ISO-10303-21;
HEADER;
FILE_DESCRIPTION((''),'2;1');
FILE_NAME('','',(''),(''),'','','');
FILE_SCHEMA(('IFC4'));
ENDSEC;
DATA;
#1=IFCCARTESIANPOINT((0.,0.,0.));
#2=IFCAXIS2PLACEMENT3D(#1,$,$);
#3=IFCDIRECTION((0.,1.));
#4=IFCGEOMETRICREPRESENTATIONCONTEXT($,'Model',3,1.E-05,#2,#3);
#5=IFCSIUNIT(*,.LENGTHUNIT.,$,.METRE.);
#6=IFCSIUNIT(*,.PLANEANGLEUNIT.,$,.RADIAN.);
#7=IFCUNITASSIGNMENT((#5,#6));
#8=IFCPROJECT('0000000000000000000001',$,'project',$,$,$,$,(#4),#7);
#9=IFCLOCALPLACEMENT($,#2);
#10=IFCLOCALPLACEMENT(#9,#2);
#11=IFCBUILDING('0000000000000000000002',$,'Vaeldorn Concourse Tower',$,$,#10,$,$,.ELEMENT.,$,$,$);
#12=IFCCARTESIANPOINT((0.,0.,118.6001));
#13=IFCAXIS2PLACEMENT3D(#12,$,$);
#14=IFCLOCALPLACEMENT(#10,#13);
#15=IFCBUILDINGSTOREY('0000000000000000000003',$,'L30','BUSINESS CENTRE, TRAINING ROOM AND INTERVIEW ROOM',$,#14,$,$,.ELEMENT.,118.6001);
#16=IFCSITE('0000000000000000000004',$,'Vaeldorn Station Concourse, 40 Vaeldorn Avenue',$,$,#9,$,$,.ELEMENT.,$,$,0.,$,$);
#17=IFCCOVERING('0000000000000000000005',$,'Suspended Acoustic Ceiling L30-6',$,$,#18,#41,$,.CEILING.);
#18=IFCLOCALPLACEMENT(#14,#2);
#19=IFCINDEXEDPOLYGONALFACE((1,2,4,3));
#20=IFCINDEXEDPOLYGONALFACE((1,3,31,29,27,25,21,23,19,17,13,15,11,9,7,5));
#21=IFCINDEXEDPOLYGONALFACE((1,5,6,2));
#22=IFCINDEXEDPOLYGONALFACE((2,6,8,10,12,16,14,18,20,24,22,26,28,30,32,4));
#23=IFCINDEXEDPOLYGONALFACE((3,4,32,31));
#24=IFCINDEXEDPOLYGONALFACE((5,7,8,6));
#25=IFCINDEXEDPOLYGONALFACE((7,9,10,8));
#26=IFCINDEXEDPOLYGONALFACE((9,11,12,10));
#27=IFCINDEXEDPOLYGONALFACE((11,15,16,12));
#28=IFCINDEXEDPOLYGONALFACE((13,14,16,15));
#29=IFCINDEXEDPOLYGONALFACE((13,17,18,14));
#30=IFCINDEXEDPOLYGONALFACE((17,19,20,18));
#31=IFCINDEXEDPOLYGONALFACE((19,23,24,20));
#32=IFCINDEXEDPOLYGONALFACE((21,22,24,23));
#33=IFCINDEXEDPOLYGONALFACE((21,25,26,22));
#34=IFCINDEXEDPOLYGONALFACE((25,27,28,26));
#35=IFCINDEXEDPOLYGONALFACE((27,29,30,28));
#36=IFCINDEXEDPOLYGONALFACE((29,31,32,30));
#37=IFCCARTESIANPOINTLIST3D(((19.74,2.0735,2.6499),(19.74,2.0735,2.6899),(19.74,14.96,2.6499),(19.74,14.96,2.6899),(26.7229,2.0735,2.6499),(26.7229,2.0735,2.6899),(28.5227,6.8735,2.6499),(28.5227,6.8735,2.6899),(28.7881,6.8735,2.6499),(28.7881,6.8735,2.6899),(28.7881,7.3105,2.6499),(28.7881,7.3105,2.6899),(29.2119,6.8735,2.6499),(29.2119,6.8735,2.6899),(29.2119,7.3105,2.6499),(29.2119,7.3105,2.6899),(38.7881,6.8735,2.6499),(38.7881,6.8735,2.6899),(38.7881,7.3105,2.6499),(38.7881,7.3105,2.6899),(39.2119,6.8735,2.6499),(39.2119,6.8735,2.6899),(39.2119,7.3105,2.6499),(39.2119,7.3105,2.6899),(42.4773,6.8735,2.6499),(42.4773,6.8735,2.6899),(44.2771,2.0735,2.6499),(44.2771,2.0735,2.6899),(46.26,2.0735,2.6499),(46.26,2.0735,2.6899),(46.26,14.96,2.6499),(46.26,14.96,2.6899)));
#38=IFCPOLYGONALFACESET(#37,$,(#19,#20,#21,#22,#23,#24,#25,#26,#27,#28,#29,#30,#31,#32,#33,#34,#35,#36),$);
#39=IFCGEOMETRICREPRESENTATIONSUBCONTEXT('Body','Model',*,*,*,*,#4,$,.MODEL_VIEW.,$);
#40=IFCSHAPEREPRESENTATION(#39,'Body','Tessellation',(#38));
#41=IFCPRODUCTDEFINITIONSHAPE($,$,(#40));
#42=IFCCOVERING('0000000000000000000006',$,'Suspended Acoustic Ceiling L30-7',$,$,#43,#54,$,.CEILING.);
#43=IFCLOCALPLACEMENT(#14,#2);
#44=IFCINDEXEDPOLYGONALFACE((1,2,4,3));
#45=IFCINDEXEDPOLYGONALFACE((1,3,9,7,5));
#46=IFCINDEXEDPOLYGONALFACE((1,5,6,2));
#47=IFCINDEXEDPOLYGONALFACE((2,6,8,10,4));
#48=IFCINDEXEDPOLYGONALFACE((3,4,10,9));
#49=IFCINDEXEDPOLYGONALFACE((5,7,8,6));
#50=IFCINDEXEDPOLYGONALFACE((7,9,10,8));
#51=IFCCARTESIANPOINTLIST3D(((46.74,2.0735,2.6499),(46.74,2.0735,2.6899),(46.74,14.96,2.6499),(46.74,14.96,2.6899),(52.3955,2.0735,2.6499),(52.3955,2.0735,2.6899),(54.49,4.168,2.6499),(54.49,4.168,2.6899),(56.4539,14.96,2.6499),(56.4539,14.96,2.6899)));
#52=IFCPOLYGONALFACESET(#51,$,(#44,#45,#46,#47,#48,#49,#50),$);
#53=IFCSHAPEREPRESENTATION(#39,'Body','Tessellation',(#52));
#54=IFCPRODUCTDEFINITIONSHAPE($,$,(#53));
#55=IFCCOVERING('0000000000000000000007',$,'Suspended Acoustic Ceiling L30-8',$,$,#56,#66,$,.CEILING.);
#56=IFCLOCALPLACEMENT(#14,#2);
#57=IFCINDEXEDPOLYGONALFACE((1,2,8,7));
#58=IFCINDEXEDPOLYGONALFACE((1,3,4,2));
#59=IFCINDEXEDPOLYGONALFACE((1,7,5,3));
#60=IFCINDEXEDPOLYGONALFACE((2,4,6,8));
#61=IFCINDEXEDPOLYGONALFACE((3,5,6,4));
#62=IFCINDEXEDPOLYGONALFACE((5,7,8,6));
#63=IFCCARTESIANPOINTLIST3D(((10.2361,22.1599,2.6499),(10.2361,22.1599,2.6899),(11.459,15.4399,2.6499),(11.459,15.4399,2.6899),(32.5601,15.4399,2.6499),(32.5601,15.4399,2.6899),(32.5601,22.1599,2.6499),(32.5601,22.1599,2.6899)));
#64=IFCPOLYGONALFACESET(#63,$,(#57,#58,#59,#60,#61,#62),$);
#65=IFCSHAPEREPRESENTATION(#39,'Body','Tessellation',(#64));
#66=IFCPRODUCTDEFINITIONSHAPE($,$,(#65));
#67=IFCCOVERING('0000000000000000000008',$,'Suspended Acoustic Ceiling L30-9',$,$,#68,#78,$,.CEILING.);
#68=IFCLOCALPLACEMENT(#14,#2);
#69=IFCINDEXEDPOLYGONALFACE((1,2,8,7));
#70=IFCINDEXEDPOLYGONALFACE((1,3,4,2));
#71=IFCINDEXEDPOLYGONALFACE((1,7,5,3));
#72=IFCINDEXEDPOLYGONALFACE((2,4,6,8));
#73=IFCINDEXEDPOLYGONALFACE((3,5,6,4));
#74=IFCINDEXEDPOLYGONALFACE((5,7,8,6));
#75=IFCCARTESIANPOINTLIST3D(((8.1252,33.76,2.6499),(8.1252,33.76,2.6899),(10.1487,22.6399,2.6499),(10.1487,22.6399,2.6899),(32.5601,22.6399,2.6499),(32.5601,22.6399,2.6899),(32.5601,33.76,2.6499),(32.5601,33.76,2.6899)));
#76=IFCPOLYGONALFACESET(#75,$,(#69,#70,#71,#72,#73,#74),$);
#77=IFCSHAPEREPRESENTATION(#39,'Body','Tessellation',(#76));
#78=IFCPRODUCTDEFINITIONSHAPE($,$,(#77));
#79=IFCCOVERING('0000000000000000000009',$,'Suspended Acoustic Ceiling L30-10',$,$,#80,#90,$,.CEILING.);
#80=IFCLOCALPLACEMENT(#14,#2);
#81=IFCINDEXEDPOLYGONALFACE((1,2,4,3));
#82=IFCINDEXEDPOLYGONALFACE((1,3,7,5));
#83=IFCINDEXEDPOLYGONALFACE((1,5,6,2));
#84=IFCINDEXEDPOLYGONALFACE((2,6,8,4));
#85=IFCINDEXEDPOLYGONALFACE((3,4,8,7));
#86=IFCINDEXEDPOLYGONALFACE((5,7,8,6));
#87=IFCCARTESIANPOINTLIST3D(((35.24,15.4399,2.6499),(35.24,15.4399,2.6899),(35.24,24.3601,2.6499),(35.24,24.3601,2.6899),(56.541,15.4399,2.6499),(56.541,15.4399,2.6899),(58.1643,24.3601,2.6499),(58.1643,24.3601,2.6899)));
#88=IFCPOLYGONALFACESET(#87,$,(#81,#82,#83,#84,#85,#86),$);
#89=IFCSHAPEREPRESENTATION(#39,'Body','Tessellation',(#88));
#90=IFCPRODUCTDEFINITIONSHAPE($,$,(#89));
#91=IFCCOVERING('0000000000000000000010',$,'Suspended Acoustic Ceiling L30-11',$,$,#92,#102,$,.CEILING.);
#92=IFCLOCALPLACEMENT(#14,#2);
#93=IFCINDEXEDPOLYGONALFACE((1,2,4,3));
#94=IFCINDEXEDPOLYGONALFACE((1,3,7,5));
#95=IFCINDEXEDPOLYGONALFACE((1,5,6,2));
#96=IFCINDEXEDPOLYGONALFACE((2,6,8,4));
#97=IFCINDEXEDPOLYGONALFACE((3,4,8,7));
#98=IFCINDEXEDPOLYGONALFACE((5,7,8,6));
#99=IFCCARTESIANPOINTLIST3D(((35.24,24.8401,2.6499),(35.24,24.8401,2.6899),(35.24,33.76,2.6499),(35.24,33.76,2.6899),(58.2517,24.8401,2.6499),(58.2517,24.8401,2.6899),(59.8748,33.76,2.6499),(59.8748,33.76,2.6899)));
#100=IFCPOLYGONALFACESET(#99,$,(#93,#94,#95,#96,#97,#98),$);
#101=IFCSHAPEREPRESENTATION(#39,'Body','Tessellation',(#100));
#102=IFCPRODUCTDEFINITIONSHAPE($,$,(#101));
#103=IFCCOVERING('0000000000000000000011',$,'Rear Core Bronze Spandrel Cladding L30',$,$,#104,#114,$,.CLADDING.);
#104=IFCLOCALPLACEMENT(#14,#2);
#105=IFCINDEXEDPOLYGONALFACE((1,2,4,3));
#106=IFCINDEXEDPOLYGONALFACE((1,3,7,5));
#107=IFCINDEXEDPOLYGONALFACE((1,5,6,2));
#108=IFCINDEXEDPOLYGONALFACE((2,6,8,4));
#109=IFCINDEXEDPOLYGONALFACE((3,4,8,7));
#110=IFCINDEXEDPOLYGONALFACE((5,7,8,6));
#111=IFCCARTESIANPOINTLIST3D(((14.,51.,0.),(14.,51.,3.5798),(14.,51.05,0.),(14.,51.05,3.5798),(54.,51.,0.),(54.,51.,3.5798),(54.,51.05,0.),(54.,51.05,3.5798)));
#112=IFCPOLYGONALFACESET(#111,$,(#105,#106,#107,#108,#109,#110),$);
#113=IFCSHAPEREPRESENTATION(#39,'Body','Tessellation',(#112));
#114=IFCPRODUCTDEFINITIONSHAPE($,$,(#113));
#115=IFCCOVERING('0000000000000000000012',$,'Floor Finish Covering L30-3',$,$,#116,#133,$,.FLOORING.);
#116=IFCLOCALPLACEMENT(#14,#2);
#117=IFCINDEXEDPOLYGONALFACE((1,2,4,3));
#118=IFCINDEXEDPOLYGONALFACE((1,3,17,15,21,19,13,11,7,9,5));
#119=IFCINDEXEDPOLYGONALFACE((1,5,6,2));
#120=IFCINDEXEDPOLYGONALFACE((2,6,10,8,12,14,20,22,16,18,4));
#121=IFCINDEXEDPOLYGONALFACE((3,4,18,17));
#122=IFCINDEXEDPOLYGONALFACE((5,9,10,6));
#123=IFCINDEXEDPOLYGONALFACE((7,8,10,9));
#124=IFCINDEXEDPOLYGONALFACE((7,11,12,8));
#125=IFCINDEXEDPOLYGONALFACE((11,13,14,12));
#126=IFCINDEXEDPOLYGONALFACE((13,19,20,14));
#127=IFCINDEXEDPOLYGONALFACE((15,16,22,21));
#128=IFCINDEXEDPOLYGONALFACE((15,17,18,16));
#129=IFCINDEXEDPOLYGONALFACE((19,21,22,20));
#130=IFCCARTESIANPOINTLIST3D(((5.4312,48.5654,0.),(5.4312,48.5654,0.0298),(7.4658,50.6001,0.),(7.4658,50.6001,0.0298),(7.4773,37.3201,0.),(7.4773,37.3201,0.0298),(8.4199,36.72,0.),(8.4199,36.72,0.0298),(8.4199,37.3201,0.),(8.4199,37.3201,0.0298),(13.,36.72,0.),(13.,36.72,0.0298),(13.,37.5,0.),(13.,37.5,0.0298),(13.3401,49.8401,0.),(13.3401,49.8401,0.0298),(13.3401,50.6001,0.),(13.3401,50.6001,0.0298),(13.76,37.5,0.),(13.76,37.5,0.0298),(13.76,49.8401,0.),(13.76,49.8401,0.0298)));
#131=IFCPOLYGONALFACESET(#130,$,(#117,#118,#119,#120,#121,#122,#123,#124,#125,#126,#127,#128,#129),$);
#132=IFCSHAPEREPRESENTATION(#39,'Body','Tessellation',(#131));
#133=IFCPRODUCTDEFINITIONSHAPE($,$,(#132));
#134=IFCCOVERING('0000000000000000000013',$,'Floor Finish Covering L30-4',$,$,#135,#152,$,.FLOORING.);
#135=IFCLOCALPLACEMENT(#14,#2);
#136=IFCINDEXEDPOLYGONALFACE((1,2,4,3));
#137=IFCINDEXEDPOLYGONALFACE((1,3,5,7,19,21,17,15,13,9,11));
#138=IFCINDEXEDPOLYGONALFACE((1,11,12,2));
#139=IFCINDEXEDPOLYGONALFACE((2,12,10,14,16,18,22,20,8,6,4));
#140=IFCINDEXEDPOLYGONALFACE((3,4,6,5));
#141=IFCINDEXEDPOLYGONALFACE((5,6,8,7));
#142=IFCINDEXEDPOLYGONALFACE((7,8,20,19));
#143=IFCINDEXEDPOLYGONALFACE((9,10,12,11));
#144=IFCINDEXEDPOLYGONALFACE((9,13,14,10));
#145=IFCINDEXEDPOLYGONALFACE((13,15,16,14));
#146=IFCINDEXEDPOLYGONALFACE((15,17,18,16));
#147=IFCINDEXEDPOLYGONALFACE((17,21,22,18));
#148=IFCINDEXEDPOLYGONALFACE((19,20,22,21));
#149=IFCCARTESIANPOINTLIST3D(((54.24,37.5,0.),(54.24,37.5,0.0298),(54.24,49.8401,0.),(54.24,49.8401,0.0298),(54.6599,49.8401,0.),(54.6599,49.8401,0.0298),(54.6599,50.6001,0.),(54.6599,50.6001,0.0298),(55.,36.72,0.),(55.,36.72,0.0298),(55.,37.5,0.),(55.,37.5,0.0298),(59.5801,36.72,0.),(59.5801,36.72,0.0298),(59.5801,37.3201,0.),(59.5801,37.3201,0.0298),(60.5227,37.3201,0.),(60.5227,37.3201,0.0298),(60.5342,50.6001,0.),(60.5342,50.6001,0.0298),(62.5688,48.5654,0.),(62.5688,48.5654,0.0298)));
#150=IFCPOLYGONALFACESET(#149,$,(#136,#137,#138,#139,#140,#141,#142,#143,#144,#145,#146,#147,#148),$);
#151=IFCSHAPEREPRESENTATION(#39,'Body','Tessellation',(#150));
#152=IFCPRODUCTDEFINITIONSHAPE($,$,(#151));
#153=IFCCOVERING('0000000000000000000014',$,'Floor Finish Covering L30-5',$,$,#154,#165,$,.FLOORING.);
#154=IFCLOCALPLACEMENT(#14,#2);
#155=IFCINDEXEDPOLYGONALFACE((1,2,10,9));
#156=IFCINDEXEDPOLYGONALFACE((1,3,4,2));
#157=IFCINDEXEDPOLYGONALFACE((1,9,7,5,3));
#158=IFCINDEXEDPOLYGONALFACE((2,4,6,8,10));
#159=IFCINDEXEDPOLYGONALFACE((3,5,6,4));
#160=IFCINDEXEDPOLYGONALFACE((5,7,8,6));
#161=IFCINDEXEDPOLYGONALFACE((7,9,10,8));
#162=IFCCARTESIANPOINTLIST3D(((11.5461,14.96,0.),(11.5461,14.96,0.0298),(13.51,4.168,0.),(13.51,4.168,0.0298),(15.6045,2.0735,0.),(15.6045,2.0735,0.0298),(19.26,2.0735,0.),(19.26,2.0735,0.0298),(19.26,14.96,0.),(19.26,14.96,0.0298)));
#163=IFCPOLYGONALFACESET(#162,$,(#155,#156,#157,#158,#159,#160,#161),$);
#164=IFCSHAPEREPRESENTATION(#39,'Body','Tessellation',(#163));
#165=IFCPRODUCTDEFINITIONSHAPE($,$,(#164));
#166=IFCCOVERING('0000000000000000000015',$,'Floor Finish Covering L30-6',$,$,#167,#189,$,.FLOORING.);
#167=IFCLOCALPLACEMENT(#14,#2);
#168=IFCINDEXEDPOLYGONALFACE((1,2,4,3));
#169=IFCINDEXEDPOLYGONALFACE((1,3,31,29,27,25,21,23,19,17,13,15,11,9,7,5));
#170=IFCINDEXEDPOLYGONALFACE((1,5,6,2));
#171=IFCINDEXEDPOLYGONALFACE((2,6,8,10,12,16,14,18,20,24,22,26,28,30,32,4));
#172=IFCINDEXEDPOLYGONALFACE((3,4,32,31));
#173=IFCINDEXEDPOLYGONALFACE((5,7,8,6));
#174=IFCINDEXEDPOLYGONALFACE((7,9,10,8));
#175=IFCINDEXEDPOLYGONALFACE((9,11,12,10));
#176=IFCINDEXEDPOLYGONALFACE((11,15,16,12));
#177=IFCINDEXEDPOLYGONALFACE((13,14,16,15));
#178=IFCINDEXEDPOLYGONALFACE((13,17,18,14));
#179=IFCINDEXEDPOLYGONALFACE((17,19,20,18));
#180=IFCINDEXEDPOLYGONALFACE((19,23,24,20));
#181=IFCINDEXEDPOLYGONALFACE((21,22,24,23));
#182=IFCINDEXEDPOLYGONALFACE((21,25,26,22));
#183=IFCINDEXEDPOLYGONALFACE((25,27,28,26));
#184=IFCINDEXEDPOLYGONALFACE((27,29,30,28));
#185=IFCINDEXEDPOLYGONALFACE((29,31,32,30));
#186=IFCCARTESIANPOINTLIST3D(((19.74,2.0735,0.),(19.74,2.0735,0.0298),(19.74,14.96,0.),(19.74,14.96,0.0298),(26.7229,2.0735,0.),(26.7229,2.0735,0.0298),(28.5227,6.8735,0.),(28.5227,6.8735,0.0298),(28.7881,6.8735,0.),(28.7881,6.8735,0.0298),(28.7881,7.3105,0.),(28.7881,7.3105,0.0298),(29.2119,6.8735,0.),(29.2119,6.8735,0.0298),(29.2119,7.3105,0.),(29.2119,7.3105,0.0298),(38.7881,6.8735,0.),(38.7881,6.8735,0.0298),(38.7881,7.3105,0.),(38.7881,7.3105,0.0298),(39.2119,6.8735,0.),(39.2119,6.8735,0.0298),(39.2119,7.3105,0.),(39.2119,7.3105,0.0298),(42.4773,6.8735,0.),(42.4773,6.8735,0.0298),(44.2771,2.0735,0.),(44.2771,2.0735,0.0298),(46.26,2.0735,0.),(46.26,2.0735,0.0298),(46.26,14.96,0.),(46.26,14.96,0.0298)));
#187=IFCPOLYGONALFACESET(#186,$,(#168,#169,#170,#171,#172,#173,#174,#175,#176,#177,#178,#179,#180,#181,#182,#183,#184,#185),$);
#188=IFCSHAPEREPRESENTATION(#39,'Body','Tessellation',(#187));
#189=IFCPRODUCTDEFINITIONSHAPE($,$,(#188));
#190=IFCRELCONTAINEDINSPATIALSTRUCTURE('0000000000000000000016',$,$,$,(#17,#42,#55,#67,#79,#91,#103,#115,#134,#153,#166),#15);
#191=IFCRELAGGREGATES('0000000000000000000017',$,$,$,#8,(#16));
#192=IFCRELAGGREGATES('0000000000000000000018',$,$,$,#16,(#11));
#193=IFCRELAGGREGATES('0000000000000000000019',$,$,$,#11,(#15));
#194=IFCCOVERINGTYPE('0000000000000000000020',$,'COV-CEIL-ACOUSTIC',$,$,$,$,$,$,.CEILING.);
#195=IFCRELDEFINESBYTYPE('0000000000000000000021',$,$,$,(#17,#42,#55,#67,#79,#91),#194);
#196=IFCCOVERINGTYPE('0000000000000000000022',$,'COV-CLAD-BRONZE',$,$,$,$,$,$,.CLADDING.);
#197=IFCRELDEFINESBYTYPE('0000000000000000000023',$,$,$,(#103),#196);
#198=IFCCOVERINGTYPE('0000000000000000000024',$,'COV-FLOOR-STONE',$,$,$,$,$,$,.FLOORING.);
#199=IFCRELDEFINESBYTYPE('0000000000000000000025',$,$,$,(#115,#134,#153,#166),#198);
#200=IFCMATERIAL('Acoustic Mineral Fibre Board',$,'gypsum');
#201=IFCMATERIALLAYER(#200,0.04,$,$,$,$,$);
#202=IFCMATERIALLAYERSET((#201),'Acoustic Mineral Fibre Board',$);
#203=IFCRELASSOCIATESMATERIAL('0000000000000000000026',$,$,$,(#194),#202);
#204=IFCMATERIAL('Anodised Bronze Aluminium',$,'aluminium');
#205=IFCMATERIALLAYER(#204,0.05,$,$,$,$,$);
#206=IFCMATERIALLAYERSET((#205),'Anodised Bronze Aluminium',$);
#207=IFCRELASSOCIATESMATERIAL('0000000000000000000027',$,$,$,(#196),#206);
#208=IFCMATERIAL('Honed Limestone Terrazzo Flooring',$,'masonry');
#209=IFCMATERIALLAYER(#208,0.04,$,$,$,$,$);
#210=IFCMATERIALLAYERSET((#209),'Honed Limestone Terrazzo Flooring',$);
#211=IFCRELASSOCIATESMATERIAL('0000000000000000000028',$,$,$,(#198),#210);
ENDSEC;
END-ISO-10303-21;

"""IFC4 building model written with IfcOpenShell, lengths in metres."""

from ifc_helpers import new_model, si_unit, direction, frame, origin, place, context, subcontext, project, spatial, polyline, outline, extrude, material, layer, layer_set, type_object, element, save


model = new_model("IFC4")

# Units and contexts
model_context = context("Model", 3, precision=1e-05, world=origin(), true_north=direction((0.0, 1.0)))
body_context = subcontext(model_context, "Body", "Model", "MODEL_VIEW")
ifc_project = project(units=[si_unit("LENGTHUNIT", "METRE"), si_unit("PLANEANGLEUNIT", "RADIAN")], contexts=[model_context])

# Site, building, storey
site_placement = place(None, origin())
site = spatial("IfcSite", under=ifc_project, at=site_placement, Name="Vaeldorn Station Concourse, 40 Vaeldorn Avenue", CompositionType="ELEMENT", RefElevation=0.0)
building_placement = place(site_placement, origin())
building = spatial("IfcBuilding", under=site, at=building_placement, Name="Vaeldorn Concourse Tower", CompositionType="ELEMENT")
storey_placement = place(building_placement, frame((0.0, 0.0, 118.6001)))
storey = spatial("IfcBuildingStorey", under=building, at=storey_placement, Name="L30", Description="BUSINESS CENTRE, TRAINING ROOM AND INTERVIEW ROOM", CompositionType="ELEMENT", Elevation=118.6001)

# Shared definitions
ifc_material_1 = material(Name="Anodised Bronze Aluminium", Category="aluminium")

# Coverings
ifc_material_2 = material(Name="Acoustic Mineral Fibre Board", Category="gypsum")
ifc_layer_1 = layer(ifc_material_2, 0.04)
ifc_layer_set_1 = layer_set([ifc_layer_1], Name="Acoustic Mineral Fibre Board")
covering_type_1 = type_object("IfcCoveringType", Name="COV-CEIL-ACOUSTIC", PredefinedType="CEILING", material=ifc_layer_set_1)
covering_1_placement = place(storey_placement, frame((0.0, 0.0, 2.6499)))
element("IfcCovering", 1, at=covering_1_placement, inside=storey, type_object=covering_type_1, Name="Suspended Acoustic Ceiling L30-6", PredefinedType="CEILING", context=body_context, shape_type="SweptSolid", body=[
    extrude(outline(polyline([(26.7229, 2.0735), (19.74, 2.0735), (19.74, 14.96), (46.26, 14.96), (46.26, 2.0735), (44.2771, 2.0735), (42.4773, 6.8735), (39.2119, 6.8735), (39.2119, 7.3105), (38.7881, 7.3105), (38.7881, 6.8735), (29.2119, 6.8735), (29.2119, 7.3105), (28.7881, 7.3105), (28.7881, 6.8735), (28.5227, 6.8735), (26.7229, 2.0735)])), origin(), (0.0, 0.0, 1.0), 0.04),
])
covering_2_placement = place(storey_placement, frame((0.0, 0.0, 2.6499)))
element("IfcCovering", 2, at=covering_2_placement, inside=storey, type_object=covering_type_1, Name="Suspended Acoustic Ceiling L30-7", PredefinedType="CEILING", context=body_context, shape_type="SweptSolid", body=[
    extrude(outline(polyline([(52.3955, 2.0735), (46.74, 2.0735), (46.74, 14.96), (56.4539, 14.96), (54.49, 4.168), (52.3955, 2.0735)])), origin(), (0.0, 0.0, 1.0), 0.04),
])
covering_3_placement = place(storey_placement, frame((0.0, 0.0, 2.6499)))
element("IfcCovering", 3, at=covering_3_placement, inside=storey, type_object=covering_type_1, Name="Suspended Acoustic Ceiling L30-8", PredefinedType="CEILING", context=body_context, shape_type="SweptSolid", body=[
    extrude(outline(polyline([(32.5601, 22.1599), (32.5601, 15.4399), (11.459, 15.4399), (10.2361, 22.1599), (32.5601, 22.1599)])), origin(), (0.0, 0.0, 1.0), 0.04),
])
covering_4_placement = place(storey_placement, frame((0.0, 0.0, 2.6499)))
element("IfcCovering", 4, at=covering_4_placement, inside=storey, type_object=covering_type_1, Name="Suspended Acoustic Ceiling L30-9", PredefinedType="CEILING", context=body_context, shape_type="SweptSolid", body=[
    extrude(outline(polyline([(32.5601, 33.76), (32.5601, 22.6399), (10.1487, 22.6399), (8.1252, 33.76), (32.5601, 33.76)])), origin(), (0.0, 0.0, 1.0), 0.04),
])
covering_5_placement = place(storey_placement, frame((0.0, 0.0, 2.6499)))
element("IfcCovering", 5, at=covering_5_placement, inside=storey, type_object=covering_type_1, Name="Suspended Acoustic Ceiling L30-10", PredefinedType="CEILING", context=body_context, shape_type="SweptSolid", body=[
    extrude(outline(polyline([(35.24, 15.4399), (35.24, 24.3601), (58.1643, 24.3601), (56.541, 15.4399), (35.24, 15.4399)])), origin(), (0.0, 0.0, 1.0), 0.04),
])
covering_6_placement = place(storey_placement, frame((0.0, 0.0, 2.6499)))
element("IfcCovering", 6, at=covering_6_placement, inside=storey, type_object=covering_type_1, Name="Suspended Acoustic Ceiling L30-11", PredefinedType="CEILING", context=body_context, shape_type="SweptSolid", body=[
    extrude(outline(polyline([(35.24, 24.8401), (35.24, 33.76), (59.8748, 33.76), (58.2517, 24.8401), (35.24, 24.8401)])), origin(), (0.0, 0.0, 1.0), 0.04),
])
ifc_layer_2 = layer(ifc_material_1, 0.05)
ifc_layer_set_2 = layer_set([ifc_layer_2], Name="Anodised Bronze Aluminium")
covering_type_2 = type_object("IfcCoveringType", Name="COV-CLAD-BRONZE", PredefinedType="CLADDING", material=ifc_layer_set_2)
covering_7_placement = place(storey_placement, origin())
element("IfcCovering", 7, at=covering_7_placement, inside=storey, type_object=covering_type_2, Name="Rear Core Bronze Spandrel Cladding L30", PredefinedType="CLADDING", context=body_context, shape_type="SweptSolid", body=[
    extrude(outline(polyline([(14.0, 51.0), (54.0, 51.0), (54.0, 51.05), (14.0, 51.05), (14.0, 51.0)])), origin(), (0.0, 0.0, 1.0), 3.5798),
])
ifc_material_3 = material(Name="Honed Limestone Terrazzo Flooring", Category="masonry")
ifc_layer_3 = layer(ifc_material_3, 0.04)
ifc_layer_set_3 = layer_set([ifc_layer_3], Name="Honed Limestone Terrazzo Flooring")
covering_type_3 = type_object("IfcCoveringType", Name="COV-FLOOR-STONE", PredefinedType="FLOORING", material=ifc_layer_set_3)
covering_8_placement = place(storey_placement, origin())
element("IfcCovering", 8, at=covering_8_placement, inside=storey, type_object=covering_type_3, Name="Floor Finish Covering L30-3", PredefinedType="FLOORING", context=body_context, shape_type="SweptSolid", body=[
    extrude(outline(polyline([(7.4658, 50.6001), (13.3401, 50.6001), (13.3401, 49.8401), (13.76, 49.8401), (13.76, 37.5), (13.0, 37.5), (13.0, 36.72), (8.4199, 36.72), (8.4199, 37.3201), (7.4773, 37.3201), (5.4312, 48.5654), (7.4658, 50.6001)])), origin(), (0.0, 0.0, 1.0), 0.0298),
])
covering_9_placement = place(storey_placement, origin())
element("IfcCovering", 9, at=covering_9_placement, inside=storey, type_object=covering_type_3, Name="Floor Finish Covering L30-4", PredefinedType="FLOORING", context=body_context, shape_type="SweptSolid", body=[
    extrude(outline(polyline([(54.6599, 49.8401), (54.6599, 50.6001), (60.5342, 50.6001), (62.5688, 48.5654), (60.5227, 37.3201), (59.5801, 37.3201), (59.5801, 36.72), (55.0, 36.72), (55.0, 37.5), (54.24, 37.5), (54.24, 49.8401), (54.6599, 49.8401)])), origin(), (0.0, 0.0, 1.0), 0.0298),
])
covering_10_placement = place(storey_placement, origin())
element("IfcCovering", 10, at=covering_10_placement, inside=storey, type_object=covering_type_3, Name="Floor Finish Covering L30-5", PredefinedType="FLOORING", context=body_context, shape_type="SweptSolid", body=[
    extrude(outline(polyline([(19.26, 14.96), (19.26, 2.0735), (15.6045, 2.0735), (13.51, 4.168), (11.5461, 14.96), (19.26, 14.96)])), origin(), (0.0, 0.0, 1.0), 0.0298),
])
covering_11_placement = place(storey_placement, origin())
element("IfcCovering", 11, at=covering_11_placement, inside=storey, type_object=covering_type_3, Name="Floor Finish Covering L30-6", PredefinedType="FLOORING", context=body_context, shape_type="SweptSolid", body=[
    extrude(outline(polyline([(26.7229, 2.0735), (19.74, 2.0735), (19.74, 14.96), (46.26, 14.96), (46.26, 2.0735), (44.2771, 2.0735), (42.4773, 6.8735), (39.2119, 6.8735), (39.2119, 7.3105), (38.7881, 7.3105), (38.7881, 6.8735), (29.2119, 6.8735), (29.2119, 7.3105), (28.7881, 7.3105), (28.7881, 6.8735), (28.5227, 6.8735), (26.7229, 2.0735)])), origin(), (0.0, 0.0, 1.0), 0.0298),
])

save(model, "model.ifc")
